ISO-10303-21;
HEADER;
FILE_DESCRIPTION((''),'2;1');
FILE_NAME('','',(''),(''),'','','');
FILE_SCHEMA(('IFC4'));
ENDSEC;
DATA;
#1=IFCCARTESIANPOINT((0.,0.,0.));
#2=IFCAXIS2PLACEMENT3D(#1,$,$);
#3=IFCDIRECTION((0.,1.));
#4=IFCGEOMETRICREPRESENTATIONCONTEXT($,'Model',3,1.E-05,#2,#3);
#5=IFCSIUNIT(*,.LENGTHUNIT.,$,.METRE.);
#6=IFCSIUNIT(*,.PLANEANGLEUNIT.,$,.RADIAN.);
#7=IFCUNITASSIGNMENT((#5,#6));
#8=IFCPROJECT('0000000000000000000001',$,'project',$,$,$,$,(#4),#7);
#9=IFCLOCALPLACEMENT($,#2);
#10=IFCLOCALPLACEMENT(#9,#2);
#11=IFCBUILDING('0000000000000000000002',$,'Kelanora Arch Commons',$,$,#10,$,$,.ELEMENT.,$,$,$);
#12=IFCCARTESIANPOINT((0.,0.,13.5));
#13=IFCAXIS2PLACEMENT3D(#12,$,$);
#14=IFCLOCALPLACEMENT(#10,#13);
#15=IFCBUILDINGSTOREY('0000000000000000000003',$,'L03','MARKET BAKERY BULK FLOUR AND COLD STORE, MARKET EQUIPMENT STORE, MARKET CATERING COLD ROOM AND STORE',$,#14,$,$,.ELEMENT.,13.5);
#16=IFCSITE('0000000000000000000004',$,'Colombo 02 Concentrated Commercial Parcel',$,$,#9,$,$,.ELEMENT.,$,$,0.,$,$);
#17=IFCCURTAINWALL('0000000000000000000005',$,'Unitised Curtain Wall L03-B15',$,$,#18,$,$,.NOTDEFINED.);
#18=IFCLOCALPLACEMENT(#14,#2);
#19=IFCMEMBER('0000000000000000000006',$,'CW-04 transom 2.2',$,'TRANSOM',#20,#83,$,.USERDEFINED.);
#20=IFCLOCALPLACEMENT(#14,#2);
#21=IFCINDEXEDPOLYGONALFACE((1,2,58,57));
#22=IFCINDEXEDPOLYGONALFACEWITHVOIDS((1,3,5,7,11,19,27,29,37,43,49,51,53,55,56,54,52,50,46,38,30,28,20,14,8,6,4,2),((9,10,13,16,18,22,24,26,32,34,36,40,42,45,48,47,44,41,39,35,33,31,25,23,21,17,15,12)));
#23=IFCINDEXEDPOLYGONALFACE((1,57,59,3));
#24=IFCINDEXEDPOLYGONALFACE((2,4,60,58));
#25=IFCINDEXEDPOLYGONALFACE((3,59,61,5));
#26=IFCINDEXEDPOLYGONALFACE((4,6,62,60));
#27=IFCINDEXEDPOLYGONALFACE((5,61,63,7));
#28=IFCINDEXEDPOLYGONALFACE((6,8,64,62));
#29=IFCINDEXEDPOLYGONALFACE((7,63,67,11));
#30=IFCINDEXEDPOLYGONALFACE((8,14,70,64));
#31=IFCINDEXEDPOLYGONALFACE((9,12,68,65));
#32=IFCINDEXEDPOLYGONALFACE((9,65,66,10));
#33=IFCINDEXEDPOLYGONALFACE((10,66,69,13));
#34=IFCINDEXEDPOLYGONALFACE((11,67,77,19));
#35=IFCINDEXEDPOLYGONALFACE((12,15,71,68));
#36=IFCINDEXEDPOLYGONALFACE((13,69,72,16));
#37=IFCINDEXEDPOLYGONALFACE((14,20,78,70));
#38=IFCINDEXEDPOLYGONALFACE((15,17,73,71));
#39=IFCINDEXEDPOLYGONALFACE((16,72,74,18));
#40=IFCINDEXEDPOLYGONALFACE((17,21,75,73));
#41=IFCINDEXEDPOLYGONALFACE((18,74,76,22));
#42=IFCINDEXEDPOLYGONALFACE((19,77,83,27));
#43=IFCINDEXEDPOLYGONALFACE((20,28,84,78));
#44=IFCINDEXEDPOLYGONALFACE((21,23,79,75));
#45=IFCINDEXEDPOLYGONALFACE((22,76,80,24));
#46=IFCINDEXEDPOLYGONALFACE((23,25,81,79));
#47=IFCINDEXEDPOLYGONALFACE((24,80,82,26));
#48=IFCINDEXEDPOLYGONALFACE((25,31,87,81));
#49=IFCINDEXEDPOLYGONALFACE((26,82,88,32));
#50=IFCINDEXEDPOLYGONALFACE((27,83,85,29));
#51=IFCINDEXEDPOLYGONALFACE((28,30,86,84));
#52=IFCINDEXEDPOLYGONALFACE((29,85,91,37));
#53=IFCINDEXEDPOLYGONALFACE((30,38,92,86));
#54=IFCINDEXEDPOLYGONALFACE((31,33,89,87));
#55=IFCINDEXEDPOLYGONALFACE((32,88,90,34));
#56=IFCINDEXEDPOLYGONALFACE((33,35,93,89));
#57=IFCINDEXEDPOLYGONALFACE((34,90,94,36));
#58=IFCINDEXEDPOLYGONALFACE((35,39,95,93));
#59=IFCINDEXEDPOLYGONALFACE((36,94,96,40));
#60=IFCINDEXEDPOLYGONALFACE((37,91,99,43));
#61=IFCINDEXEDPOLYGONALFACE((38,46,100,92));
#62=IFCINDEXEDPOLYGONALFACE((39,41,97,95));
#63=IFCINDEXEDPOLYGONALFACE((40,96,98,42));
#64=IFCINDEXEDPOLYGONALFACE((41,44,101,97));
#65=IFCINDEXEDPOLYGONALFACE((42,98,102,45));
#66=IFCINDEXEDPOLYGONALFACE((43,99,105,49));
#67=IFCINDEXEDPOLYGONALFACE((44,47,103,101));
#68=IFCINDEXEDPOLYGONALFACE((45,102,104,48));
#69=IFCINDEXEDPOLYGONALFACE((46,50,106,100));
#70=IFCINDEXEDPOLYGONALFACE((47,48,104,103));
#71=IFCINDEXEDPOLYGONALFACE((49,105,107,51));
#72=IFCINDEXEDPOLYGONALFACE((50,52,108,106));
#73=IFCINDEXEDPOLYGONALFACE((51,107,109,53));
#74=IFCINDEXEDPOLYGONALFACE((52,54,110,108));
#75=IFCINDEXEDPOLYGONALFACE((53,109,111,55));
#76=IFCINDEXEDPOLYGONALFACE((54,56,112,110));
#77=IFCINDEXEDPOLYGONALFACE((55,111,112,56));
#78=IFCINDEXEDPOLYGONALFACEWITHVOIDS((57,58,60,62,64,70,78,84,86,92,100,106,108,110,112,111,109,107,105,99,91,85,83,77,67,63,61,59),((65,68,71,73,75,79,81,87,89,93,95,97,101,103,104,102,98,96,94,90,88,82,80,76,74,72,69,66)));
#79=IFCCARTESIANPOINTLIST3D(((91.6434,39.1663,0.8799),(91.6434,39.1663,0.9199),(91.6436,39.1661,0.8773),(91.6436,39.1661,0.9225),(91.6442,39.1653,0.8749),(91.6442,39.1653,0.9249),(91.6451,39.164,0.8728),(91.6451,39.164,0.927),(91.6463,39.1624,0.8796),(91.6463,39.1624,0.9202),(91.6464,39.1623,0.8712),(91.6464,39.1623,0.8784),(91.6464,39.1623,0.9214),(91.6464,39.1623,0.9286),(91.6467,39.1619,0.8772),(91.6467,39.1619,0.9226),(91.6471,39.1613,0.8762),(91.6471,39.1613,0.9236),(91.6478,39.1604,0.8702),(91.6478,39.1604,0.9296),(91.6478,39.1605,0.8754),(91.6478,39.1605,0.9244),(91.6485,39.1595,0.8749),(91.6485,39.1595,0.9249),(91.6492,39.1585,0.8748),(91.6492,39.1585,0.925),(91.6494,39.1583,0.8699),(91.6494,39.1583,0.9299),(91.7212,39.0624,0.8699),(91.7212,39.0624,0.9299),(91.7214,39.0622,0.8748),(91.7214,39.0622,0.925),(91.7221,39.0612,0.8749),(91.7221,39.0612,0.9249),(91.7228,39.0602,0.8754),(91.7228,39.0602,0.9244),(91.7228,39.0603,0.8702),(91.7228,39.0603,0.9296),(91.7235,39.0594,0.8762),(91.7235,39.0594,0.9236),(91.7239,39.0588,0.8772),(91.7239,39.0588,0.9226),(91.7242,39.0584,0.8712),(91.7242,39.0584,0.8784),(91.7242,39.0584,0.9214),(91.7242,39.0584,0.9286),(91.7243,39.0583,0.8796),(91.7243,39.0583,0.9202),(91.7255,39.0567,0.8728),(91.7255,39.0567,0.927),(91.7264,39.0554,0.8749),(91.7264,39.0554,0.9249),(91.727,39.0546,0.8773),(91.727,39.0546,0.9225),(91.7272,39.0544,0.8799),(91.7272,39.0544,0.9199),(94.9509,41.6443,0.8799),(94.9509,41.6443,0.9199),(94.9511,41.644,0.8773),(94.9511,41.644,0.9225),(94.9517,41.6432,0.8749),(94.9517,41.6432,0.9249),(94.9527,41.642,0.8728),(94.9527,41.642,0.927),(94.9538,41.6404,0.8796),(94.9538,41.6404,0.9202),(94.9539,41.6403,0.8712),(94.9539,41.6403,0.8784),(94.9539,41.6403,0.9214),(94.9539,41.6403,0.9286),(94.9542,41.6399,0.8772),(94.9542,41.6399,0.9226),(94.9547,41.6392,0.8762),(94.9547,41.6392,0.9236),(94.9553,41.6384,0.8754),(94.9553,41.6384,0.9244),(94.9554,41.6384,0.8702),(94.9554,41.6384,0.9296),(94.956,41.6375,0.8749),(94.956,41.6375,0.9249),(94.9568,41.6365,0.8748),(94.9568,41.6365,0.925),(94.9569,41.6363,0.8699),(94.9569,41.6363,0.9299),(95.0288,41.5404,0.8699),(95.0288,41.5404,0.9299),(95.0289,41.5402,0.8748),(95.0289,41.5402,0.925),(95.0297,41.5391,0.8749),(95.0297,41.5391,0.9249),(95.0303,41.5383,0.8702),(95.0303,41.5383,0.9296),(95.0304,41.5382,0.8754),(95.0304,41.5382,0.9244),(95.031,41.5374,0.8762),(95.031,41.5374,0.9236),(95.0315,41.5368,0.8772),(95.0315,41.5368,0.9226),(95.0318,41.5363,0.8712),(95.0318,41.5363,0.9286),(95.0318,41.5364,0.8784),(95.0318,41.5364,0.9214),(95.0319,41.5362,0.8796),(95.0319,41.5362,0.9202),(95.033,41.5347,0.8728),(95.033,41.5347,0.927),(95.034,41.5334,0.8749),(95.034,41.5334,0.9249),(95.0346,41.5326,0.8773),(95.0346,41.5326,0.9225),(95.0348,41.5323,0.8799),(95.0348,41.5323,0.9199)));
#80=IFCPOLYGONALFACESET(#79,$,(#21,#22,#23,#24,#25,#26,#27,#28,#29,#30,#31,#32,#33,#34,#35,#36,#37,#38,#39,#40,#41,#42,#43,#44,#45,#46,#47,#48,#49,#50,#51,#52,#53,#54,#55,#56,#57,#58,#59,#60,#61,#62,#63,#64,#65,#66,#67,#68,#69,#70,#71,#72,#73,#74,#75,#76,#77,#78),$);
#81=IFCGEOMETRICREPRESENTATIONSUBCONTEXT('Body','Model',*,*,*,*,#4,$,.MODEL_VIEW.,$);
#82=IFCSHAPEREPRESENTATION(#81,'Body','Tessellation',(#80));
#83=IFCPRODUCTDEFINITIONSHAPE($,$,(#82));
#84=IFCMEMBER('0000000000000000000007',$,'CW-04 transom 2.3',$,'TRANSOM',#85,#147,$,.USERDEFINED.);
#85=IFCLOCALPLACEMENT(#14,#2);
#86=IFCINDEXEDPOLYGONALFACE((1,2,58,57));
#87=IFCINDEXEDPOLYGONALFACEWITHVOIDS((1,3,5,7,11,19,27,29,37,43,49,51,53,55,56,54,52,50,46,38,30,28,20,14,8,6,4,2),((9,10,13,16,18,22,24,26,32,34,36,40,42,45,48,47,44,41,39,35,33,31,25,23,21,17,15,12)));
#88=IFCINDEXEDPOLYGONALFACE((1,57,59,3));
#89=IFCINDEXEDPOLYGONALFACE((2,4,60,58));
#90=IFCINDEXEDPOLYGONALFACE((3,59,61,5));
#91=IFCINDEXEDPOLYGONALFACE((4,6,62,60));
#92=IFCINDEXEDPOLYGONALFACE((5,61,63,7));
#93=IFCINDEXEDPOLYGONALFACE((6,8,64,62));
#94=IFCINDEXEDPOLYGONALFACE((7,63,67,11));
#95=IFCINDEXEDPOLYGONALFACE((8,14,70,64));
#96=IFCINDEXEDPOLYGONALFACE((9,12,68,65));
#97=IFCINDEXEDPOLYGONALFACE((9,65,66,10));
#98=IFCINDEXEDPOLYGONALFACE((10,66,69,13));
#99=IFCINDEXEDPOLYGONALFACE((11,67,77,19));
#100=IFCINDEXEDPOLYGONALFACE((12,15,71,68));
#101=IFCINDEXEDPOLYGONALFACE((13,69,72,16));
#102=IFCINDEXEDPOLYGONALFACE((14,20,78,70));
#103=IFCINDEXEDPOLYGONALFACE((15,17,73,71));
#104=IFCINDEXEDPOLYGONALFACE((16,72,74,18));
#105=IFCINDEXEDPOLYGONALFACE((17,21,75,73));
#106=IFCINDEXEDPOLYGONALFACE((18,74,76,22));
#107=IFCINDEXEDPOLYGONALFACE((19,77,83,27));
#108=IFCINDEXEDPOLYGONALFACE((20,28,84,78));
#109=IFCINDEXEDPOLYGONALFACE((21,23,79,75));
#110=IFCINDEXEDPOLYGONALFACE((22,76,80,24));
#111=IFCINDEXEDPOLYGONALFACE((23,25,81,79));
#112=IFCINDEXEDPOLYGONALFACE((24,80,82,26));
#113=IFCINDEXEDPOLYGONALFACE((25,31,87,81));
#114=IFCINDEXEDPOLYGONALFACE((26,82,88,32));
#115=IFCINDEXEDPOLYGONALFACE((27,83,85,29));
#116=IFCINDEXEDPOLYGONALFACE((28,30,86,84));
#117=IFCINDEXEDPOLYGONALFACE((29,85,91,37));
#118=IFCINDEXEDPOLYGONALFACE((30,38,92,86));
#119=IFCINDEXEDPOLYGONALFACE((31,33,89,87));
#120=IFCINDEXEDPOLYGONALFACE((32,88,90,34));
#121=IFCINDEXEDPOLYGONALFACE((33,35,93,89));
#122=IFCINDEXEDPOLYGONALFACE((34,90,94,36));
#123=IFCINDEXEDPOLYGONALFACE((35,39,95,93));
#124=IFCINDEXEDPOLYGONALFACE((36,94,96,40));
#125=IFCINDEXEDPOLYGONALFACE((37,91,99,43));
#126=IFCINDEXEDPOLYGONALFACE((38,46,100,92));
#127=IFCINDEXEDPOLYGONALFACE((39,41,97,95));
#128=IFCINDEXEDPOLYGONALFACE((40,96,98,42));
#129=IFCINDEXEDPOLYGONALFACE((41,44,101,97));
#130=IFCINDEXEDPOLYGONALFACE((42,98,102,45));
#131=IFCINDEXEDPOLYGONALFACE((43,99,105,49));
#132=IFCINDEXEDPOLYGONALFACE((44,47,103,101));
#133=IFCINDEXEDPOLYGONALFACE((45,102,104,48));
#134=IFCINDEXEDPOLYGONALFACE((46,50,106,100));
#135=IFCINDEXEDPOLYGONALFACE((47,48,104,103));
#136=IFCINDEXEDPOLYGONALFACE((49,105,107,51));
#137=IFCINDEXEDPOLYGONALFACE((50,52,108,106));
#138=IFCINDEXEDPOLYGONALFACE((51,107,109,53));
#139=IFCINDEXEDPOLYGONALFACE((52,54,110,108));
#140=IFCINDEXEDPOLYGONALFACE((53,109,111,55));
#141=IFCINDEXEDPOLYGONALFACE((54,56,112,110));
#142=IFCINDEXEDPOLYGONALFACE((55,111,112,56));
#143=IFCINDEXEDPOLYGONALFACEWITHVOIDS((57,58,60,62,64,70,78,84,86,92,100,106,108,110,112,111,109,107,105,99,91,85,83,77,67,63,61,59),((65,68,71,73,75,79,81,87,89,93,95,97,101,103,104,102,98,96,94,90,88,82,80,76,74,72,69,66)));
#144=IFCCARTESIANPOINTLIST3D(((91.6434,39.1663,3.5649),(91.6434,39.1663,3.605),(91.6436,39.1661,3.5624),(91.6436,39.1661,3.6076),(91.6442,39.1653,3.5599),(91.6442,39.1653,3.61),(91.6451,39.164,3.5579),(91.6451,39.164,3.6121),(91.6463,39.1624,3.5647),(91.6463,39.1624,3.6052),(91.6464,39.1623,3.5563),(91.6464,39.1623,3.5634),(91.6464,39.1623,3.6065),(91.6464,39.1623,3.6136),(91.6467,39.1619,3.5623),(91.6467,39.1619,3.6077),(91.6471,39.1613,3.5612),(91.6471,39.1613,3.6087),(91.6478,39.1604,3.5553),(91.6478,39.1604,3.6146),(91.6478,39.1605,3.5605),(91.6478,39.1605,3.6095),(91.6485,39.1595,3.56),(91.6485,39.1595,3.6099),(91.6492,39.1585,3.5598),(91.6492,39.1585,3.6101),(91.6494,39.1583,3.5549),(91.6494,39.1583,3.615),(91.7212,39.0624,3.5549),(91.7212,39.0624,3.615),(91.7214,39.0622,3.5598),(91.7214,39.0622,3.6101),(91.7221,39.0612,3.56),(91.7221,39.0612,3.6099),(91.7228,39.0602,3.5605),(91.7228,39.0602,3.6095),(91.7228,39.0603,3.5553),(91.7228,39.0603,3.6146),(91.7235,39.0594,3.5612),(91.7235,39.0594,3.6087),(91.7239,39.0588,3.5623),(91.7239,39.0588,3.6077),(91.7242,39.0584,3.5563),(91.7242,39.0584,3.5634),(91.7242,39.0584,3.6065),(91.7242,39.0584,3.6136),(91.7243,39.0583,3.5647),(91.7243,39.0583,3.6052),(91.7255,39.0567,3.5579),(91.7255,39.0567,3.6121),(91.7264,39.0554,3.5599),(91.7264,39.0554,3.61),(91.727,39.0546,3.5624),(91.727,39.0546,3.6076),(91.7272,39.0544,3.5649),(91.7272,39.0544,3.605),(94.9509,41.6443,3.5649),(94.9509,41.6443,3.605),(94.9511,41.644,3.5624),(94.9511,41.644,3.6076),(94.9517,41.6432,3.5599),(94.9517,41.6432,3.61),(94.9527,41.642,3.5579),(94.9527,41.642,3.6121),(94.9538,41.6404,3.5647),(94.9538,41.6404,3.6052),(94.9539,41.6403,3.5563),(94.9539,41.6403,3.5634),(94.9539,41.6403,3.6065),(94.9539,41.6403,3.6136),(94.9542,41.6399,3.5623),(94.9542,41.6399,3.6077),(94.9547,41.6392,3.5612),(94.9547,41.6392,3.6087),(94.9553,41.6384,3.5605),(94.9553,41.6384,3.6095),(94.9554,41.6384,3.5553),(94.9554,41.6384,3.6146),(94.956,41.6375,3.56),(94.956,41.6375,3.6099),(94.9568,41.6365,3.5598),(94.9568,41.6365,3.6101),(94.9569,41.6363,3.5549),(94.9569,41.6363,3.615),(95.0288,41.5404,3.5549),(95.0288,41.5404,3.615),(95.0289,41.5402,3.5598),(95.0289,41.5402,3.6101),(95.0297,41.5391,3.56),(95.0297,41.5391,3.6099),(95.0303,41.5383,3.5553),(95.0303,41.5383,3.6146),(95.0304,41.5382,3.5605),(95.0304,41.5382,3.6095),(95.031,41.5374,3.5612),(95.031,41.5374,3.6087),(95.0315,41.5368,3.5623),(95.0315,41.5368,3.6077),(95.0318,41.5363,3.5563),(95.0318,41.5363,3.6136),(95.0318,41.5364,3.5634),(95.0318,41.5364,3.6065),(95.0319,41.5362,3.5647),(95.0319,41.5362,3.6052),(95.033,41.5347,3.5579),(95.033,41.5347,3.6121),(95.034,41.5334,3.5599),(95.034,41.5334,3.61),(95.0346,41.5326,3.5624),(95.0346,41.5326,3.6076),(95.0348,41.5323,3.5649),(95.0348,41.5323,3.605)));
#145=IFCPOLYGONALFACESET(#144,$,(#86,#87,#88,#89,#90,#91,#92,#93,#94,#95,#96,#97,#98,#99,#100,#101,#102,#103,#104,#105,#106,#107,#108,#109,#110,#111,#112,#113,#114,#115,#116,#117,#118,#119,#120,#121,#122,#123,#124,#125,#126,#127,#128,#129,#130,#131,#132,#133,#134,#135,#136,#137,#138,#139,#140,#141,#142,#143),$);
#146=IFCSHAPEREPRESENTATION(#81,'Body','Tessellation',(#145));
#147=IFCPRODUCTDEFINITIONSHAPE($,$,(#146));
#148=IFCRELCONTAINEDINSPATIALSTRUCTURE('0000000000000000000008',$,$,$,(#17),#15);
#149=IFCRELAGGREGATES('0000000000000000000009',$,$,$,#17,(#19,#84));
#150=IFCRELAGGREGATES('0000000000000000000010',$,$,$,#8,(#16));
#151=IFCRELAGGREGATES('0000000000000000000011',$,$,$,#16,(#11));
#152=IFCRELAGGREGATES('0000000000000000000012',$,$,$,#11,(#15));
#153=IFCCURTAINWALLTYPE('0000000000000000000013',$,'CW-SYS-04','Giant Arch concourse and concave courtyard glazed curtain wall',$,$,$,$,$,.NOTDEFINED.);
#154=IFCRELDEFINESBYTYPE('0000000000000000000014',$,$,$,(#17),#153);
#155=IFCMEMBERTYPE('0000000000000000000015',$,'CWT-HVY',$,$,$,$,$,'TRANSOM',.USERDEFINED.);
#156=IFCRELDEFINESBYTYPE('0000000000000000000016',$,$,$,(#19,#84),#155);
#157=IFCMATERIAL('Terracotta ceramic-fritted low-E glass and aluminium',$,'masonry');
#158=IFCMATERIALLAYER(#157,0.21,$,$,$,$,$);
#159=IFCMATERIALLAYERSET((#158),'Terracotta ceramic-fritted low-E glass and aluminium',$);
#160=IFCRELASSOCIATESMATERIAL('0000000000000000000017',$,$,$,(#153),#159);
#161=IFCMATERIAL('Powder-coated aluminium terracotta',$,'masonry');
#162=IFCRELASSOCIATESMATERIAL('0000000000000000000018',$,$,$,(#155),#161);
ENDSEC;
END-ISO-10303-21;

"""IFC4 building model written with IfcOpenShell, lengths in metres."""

from ifc_helpers import new_model, si_unit, direction, frame, origin, origin_2d, place, context, subcontext, project, spatial, hollow_rectangle, extrude, material, layer, layer_set, material_profile, profile_set, type_object, element, aggregate, save


model = new_model("IFC4")

# Units and contexts
model_context = context("Model", 3, precision=1e-05, world=origin(), true_north=direction((0.0, 1.0)))
body_context = subcontext(model_context, "Body", "Model", "MODEL_VIEW")
ifc_project = project(units=[si_unit("LENGTHUNIT", "METRE"), si_unit("PLANEANGLEUNIT", "RADIAN")], contexts=[model_context])

# Site, building, storey
site_placement = place(None, origin())
site = spatial("IfcSite", under=ifc_project, at=site_placement, Name="Colombo 02 Concentrated Commercial Parcel", CompositionType="ELEMENT", RefElevation=0.0)
building_placement = place(site_placement, origin())
building = spatial("IfcBuilding", under=site, at=building_placement, Name="Kelanora Arch Commons", CompositionType="ELEMENT")
storey_placement = place(building_placement, frame((0.0, 0.0, 13.5)))
storey = spatial("IfcBuildingStorey", under=building, at=storey_placement, Name="L03", Description="MARKET BAKERY BULK FLOUR AND COLD STORE, MARKET EQUIPMENT STORE, MARKET CATERING COLD ROOM AND STORE", CompositionType="ELEMENT", Elevation=13.5)

# Shared definitions
ifc_material_1 = material(Name="Terracotta ceramic-fritted low-E glass and aluminium", Category="masonry")
ifc_layer_1 = layer(ifc_material_1, 0.21)
ifc_layer_set_1 = layer_set([ifc_layer_1], Name="Terracotta ceramic-fritted low-E glass and aluminium")
curtain_wall_type = type_object("IfcCurtainWallType", Name="CW-SYS-04", Description="Giant Arch concourse and concave courtyard glazed curtain wall", PredefinedType="NOTDEFINED", material=ifc_layer_set_1)
ifc_material_2 = material(Name="Powder-coated aluminium terracotta", Category="masonry")

# Curtain wall
curtain_wall_1_placement = place(storey_placement, origin())
curtain_wall_1 = element("IfcCurtainWall", 1, at=curtain_wall_1_placement, inside=storey, type_object=curtain_wall_type, Name="Unitised Curtain Wall L03-B15", PredefinedType="NOTDEFINED")

# Members
ifc_material_profile_1 = material_profile(ifc_material_2, hollow_rectangle(XDim=0.1399, YDim=0.0601, WallThickness=0.0049, InnerFilletRadius=0.0049, OuterFilletRadius=0.01, at=origin_2d()), Name="CWT140x60")
ifc_profile_set_1 = profile_set([ifc_material_profile_1], Name="Powder-coated aluminium terracotta")
member_type_1 = type_object("IfcMemberType", Name="CWT-HVY", ElementType="TRANSOM", PredefinedType="USERDEFINED", material=ifc_profile_set_1)
member_1_placement = place(storey_placement, frame((91.6853, 39.1104, 0.8999), z_axis=(0.800312, 0.599584, 0.0), x_axis=(-0.599584, 0.800312, 0.0)))
member_1 = element("IfcMember", 2, at=member_1_placement, type_object=member_type_1, Name="CW-04 transom 2.2", ObjectType="TRANSOM", PredefinedType="USERDEFINED", context=body_context, shape_type="SweptSolid", body=[
    extrude(hollow_rectangle(XDim=0.1399, YDim=0.0601, WallThickness=0.0049, InnerFilletRadius=0.0049, OuterFilletRadius=0.01, at=origin_2d()), origin(), (0.0, 0.0, 1.0), 4.1328),
])
member_2_placement = place(storey_placement, frame((91.6853, 39.1104, 3.585), z_axis=(0.800312, 0.599584, 0.0), x_axis=(-0.599584, 0.800312, 0.0)))
member_2 = element("IfcMember", 3, at=member_2_placement, type_object=member_type_1, Name="CW-04 transom 2.3", ObjectType="TRANSOM", PredefinedType="USERDEFINED", context=body_context, shape_type="SweptSolid", body=[
    extrude(hollow_rectangle(XDim=0.1399, YDim=0.0601, WallThickness=0.0049, InnerFilletRadius=0.0049, OuterFilletRadius=0.01, at=origin_2d()), origin(), (0.0, 0.0, 1.0), 4.1328),
])

aggregate(curtain_wall_1, [member_1, member_2])

save(model, "model.ifc")
